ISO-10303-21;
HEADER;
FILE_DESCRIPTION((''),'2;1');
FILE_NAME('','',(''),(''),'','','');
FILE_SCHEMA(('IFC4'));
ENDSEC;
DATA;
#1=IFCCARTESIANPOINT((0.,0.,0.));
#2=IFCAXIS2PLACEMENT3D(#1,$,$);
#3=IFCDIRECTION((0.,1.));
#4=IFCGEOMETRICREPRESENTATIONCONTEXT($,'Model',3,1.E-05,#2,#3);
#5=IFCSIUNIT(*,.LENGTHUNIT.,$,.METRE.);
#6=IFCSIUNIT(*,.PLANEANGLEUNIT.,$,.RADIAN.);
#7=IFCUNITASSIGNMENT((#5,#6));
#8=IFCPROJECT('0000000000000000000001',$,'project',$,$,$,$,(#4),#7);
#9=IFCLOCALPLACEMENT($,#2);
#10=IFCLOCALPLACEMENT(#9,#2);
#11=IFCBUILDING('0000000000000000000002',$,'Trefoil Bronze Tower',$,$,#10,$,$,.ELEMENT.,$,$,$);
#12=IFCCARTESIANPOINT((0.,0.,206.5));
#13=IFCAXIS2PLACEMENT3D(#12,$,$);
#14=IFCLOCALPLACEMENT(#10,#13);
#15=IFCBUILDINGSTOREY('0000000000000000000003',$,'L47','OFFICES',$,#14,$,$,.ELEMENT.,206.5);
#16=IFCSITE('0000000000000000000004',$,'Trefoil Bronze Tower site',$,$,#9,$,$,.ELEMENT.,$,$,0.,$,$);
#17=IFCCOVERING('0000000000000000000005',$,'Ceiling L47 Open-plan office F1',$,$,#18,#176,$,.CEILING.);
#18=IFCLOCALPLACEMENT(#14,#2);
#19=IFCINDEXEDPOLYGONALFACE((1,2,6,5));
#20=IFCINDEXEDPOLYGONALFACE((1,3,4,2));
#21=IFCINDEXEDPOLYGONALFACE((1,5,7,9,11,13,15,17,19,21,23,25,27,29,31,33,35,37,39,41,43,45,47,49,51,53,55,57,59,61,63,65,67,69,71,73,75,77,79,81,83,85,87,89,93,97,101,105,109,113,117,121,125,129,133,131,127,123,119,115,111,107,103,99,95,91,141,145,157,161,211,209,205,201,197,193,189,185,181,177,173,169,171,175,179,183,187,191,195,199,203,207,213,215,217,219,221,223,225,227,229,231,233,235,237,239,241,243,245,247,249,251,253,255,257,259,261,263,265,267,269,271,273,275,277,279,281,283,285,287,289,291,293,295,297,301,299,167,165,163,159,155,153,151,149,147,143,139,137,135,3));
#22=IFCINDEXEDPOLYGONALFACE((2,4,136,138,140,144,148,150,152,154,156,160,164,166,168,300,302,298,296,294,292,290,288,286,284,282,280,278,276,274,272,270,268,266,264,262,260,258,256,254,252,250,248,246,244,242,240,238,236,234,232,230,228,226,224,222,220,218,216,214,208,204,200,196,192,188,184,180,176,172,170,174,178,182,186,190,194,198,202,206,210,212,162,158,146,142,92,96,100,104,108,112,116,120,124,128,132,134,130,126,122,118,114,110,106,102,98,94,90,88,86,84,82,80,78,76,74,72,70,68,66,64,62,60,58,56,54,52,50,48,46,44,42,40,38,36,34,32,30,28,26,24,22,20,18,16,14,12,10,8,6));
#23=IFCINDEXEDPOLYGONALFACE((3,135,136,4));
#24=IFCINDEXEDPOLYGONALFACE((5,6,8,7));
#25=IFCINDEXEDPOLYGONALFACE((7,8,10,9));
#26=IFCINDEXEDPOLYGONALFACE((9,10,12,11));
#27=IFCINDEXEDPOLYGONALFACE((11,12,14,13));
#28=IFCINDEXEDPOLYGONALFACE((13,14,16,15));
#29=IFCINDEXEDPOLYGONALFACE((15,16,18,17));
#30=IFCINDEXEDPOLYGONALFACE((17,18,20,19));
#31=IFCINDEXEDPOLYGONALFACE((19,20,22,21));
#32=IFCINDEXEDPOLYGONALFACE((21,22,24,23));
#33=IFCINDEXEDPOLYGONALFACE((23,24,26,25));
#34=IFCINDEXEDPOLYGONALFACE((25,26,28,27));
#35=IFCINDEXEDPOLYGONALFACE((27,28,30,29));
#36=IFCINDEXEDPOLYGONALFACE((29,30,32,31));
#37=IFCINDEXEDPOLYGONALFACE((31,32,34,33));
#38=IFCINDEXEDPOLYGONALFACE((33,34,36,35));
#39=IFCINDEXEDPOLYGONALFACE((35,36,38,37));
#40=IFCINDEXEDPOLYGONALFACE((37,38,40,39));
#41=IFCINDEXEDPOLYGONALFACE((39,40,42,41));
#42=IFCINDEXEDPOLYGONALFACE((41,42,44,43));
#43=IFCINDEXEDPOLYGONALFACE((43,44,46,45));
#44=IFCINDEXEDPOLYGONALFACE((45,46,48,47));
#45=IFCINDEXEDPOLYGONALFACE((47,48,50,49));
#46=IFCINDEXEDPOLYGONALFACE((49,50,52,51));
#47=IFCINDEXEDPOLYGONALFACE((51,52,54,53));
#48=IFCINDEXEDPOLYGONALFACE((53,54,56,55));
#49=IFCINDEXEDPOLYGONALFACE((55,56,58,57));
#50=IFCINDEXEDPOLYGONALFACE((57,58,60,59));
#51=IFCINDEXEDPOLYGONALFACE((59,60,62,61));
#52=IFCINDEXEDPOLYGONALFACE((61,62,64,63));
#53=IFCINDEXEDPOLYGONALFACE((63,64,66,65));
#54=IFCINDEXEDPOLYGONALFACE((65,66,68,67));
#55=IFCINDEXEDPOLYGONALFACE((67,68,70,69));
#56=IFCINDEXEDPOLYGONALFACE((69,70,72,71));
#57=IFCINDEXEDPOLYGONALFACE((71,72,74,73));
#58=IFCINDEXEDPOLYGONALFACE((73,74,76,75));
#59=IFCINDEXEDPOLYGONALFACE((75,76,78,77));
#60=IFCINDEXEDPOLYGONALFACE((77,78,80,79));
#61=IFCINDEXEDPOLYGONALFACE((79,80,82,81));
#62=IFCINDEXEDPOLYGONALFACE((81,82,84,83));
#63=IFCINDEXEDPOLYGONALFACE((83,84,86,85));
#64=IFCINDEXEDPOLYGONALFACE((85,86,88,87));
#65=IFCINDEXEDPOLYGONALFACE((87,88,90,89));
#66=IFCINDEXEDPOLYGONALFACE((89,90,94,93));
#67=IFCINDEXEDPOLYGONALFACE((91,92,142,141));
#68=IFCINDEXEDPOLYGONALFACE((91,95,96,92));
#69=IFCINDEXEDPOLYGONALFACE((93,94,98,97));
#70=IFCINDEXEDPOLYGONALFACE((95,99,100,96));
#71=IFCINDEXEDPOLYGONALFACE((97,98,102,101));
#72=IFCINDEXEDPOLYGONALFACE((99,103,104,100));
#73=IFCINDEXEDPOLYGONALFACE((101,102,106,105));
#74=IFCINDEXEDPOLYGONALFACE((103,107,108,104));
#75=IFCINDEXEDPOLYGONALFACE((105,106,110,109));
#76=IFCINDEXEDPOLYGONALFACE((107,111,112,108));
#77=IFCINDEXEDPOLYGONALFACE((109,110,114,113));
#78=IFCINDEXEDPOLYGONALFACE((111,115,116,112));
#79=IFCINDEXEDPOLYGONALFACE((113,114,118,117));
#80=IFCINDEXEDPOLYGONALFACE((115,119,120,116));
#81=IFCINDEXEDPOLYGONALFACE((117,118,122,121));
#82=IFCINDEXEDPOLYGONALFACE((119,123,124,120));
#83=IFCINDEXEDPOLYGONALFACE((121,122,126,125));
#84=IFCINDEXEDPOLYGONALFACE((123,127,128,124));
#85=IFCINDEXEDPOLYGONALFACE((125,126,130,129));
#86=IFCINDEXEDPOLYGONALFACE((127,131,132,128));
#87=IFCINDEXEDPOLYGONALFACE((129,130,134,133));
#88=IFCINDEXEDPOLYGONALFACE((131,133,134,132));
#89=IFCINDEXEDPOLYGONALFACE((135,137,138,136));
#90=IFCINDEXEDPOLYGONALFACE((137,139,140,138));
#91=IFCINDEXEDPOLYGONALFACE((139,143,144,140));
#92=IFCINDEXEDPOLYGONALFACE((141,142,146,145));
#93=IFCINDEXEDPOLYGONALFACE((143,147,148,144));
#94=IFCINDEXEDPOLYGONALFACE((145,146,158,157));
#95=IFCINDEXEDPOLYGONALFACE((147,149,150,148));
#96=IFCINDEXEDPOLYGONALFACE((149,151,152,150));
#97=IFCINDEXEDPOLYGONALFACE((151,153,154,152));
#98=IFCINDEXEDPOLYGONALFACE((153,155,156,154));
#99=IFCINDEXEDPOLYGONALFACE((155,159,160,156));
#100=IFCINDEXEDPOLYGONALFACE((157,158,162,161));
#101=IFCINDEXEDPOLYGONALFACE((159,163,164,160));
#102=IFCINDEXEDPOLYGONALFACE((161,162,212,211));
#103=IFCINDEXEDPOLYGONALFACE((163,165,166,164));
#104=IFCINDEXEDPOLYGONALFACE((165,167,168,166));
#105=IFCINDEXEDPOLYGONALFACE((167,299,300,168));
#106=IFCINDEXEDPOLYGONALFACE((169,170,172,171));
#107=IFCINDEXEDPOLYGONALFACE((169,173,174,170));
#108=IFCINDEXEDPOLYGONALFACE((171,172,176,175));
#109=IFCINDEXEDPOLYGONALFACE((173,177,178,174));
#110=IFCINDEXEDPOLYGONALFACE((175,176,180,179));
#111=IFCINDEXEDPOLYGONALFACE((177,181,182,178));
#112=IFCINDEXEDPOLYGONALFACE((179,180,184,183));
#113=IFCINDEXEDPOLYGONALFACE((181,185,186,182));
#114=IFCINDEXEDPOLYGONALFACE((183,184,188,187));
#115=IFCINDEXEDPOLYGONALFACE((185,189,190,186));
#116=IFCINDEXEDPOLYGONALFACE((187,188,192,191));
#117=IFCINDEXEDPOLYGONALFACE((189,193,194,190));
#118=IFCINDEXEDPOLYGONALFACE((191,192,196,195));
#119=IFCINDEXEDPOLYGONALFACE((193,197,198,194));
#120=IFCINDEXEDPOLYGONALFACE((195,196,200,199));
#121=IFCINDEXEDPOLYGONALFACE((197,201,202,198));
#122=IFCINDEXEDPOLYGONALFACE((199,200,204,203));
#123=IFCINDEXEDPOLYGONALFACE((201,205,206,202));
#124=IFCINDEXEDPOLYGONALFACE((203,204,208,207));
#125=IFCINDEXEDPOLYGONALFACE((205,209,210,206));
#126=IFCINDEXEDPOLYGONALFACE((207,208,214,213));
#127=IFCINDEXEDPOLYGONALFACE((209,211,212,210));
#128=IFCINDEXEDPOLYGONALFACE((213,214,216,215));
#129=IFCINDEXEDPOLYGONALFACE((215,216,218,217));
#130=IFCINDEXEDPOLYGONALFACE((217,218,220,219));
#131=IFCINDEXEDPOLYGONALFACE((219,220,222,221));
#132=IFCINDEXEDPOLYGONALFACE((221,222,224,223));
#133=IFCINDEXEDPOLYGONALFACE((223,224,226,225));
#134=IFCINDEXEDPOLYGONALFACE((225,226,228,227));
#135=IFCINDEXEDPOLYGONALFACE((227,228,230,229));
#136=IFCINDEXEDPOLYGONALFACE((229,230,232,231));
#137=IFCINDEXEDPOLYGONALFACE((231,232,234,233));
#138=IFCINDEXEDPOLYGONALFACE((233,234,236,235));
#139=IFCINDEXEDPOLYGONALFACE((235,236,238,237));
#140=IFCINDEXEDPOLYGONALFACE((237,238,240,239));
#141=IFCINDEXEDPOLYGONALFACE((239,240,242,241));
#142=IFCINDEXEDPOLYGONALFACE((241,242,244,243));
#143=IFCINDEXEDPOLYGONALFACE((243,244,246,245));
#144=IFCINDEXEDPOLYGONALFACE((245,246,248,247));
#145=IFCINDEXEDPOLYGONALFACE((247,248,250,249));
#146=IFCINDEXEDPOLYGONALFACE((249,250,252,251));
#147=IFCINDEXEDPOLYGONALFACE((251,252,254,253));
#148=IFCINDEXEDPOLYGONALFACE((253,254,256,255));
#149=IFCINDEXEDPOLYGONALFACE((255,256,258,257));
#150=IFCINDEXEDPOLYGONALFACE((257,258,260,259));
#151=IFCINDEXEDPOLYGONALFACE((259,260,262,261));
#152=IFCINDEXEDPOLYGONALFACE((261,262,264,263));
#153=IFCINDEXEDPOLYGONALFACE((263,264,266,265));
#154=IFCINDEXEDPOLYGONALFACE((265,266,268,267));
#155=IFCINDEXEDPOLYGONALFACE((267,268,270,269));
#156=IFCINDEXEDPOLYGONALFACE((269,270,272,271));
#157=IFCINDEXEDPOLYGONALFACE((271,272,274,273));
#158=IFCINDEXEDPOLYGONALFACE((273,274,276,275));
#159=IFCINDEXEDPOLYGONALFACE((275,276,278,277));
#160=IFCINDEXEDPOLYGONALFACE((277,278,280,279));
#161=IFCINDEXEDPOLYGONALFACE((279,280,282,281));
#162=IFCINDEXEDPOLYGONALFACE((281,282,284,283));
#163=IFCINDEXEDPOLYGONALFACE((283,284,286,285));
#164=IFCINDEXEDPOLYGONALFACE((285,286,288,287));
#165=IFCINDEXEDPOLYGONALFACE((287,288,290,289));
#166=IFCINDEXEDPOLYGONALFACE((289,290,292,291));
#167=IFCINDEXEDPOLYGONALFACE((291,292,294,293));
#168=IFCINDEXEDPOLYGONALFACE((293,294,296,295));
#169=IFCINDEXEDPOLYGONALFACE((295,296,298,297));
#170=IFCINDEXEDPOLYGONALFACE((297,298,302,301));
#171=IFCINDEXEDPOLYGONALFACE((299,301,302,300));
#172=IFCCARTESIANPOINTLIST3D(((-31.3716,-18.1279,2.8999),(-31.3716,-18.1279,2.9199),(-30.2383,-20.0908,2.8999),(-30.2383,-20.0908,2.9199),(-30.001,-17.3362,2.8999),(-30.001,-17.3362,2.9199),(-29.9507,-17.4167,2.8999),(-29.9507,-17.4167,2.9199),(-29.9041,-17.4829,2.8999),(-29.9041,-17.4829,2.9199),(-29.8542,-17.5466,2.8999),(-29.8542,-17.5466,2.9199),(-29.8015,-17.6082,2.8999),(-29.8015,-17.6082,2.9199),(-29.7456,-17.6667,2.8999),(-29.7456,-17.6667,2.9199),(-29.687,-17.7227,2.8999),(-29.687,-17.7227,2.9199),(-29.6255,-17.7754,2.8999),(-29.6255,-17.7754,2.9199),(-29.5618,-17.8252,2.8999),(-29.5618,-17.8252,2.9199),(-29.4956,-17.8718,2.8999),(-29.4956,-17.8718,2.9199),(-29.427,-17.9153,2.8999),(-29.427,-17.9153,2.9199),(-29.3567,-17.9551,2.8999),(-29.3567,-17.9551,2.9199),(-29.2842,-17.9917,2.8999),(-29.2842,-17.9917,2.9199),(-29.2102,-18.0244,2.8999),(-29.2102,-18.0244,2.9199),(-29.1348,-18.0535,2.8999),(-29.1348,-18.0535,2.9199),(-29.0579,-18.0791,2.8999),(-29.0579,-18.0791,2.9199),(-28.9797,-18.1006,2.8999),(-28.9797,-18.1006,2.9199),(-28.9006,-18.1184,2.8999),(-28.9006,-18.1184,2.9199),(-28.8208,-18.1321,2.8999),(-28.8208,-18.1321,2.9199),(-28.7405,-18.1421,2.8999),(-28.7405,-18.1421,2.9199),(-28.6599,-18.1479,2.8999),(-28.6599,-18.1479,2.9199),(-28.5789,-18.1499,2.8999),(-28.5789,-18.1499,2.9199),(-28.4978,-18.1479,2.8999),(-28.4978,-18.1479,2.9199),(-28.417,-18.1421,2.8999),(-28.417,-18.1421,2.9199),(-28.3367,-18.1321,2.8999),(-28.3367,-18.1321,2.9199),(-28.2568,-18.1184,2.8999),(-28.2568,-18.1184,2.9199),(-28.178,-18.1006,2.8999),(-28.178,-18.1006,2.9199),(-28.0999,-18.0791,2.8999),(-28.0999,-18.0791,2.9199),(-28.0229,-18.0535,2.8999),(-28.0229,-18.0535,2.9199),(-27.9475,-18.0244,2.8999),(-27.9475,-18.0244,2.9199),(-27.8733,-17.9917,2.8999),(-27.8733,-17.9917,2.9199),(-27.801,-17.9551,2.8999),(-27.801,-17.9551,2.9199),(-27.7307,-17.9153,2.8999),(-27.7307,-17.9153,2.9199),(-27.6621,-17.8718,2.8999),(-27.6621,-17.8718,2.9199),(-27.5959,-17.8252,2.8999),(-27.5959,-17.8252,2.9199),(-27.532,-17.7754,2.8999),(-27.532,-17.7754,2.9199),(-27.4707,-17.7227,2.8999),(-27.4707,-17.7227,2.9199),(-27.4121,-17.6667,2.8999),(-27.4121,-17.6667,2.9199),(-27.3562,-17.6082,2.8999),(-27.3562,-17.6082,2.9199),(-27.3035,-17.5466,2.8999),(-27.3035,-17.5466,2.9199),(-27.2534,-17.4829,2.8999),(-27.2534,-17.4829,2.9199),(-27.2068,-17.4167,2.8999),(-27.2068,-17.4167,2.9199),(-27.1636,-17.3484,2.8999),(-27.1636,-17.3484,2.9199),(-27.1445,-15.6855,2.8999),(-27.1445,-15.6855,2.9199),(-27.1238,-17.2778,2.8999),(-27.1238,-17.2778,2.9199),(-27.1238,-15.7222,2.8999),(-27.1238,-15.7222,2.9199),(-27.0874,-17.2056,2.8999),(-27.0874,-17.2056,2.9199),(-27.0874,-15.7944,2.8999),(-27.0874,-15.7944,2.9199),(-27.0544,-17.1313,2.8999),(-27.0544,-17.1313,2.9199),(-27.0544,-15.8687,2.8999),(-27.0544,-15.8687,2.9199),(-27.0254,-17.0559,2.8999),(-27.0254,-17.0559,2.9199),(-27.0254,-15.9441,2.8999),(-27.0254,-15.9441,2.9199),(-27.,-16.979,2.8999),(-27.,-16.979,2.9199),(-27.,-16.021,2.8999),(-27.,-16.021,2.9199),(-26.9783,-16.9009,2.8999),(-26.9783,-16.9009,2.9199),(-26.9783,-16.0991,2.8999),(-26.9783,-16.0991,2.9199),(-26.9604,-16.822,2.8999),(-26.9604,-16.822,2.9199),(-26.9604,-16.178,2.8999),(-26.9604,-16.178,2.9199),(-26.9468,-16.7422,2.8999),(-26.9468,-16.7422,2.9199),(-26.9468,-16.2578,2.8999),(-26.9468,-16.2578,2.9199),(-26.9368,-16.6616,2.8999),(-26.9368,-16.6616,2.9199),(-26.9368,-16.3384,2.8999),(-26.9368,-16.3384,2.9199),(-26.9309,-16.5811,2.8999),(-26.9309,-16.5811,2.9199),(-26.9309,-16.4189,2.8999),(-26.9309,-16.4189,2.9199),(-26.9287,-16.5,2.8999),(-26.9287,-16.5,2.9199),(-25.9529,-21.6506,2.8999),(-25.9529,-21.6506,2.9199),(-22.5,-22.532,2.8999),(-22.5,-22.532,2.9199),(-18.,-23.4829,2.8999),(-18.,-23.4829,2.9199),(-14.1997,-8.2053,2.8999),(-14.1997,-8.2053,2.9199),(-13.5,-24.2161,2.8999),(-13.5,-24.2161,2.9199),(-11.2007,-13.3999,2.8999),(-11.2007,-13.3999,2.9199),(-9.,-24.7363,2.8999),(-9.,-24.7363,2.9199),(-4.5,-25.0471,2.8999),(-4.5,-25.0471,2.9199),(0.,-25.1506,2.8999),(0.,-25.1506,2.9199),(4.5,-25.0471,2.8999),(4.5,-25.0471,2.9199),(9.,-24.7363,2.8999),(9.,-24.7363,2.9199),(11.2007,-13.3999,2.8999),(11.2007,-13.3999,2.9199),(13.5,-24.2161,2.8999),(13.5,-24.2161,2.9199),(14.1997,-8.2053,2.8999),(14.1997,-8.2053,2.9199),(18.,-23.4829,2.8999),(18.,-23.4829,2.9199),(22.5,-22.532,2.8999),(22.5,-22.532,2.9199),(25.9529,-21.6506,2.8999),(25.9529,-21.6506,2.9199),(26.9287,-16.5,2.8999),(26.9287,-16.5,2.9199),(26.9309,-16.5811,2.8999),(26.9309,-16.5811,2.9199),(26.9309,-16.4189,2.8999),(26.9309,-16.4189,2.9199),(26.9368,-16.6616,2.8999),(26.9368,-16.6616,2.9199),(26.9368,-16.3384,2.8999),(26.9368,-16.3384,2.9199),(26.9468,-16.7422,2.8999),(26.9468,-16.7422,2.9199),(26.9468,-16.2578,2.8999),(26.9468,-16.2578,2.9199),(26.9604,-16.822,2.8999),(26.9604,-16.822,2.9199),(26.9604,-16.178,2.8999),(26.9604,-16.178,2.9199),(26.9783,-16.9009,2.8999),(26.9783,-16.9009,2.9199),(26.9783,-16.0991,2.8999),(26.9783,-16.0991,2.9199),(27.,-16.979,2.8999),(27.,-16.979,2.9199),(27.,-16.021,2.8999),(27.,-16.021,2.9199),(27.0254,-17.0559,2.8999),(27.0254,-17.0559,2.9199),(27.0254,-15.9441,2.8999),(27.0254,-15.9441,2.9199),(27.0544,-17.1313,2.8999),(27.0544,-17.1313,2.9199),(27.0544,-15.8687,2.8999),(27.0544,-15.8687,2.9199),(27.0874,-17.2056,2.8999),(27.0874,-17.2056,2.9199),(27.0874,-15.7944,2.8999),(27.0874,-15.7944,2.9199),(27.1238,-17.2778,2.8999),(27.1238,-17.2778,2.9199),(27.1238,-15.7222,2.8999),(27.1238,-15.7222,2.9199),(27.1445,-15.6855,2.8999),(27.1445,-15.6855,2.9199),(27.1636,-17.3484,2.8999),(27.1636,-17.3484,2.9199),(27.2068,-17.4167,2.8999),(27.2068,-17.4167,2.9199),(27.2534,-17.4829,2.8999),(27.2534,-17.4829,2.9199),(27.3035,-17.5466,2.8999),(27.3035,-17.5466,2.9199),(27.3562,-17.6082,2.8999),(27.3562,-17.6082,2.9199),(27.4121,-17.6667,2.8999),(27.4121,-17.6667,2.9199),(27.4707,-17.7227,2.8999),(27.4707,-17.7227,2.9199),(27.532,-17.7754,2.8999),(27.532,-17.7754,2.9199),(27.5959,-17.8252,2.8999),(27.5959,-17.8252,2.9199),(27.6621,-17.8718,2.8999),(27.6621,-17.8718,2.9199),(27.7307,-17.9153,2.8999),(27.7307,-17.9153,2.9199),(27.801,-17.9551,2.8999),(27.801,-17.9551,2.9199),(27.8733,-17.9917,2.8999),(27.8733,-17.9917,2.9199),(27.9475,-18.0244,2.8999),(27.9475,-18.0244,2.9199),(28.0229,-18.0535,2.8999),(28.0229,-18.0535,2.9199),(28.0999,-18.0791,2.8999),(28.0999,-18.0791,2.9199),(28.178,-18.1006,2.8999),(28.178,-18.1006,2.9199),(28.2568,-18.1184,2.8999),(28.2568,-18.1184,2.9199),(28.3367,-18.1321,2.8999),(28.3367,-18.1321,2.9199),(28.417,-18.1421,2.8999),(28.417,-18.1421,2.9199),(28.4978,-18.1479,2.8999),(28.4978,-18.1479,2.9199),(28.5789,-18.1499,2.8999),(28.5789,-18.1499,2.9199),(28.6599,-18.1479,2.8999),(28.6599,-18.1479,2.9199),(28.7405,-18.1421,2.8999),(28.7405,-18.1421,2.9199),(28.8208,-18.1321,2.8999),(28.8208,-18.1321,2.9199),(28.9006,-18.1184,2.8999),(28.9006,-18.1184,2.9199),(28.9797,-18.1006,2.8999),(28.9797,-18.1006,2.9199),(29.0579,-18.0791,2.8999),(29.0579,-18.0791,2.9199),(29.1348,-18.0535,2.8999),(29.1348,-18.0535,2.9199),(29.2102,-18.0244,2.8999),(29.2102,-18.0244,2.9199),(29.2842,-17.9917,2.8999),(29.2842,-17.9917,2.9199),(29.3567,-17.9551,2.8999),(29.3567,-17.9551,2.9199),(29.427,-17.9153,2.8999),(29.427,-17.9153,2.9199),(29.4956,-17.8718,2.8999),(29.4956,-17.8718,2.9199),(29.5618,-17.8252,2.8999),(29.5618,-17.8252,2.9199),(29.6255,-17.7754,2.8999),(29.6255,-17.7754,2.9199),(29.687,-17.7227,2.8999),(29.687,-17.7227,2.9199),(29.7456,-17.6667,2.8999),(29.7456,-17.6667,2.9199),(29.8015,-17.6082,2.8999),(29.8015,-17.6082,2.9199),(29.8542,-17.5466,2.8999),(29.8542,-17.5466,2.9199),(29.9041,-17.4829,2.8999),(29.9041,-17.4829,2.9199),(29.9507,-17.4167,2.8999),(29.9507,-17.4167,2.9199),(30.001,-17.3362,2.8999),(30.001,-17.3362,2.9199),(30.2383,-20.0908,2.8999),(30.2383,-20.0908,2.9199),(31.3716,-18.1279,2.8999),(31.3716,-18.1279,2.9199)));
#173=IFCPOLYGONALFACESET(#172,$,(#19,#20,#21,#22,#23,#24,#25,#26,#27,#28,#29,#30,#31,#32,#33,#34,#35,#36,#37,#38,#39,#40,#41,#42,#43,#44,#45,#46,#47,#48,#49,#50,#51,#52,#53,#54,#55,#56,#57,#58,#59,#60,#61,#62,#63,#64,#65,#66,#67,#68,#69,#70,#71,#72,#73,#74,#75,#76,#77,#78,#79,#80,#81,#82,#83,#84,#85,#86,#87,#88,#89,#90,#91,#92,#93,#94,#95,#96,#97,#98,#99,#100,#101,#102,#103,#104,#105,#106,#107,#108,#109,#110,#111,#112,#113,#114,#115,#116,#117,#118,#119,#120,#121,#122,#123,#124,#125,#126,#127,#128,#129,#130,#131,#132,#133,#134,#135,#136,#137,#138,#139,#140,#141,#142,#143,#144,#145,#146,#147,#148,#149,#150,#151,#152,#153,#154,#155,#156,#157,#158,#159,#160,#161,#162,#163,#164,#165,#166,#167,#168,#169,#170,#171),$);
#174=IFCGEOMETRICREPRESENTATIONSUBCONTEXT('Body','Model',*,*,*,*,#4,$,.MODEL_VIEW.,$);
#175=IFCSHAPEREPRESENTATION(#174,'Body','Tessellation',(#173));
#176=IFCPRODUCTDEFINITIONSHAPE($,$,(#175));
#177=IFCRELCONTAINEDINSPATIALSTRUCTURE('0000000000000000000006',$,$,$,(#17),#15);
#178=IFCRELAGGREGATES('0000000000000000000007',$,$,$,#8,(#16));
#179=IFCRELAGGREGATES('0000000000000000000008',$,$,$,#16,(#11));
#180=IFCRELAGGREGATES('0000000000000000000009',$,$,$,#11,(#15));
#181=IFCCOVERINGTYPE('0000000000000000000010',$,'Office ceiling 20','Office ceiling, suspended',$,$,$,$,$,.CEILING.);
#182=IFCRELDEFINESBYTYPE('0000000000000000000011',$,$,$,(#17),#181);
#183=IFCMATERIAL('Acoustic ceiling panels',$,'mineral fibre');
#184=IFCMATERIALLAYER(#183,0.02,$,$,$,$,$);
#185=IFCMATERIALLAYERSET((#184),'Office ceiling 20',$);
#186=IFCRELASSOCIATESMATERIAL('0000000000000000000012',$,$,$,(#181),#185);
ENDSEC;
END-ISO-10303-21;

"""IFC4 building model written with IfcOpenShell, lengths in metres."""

from ifc_helpers import new_model, si_unit, direction, frame, origin, place, context, subcontext, project, spatial, polyline, outline, extrude, material, layer, layer_set, type_object, element, save


model = new_model("IFC4")

# Units and contexts
model_context = context("Model", 3, precision=1e-05, world=origin(), true_north=direction((0.0, 1.0)))
body_context = subcontext(model_context, "Body", "Model", "MODEL_VIEW")
ifc_project = project(units=[si_unit("LENGTHUNIT", "METRE"), si_unit("PLANEANGLEUNIT", "RADIAN")], contexts=[model_context])

# Site, building, storey
site_placement = place(None, origin())
site = spatial("IfcSite", under=ifc_project, at=site_placement, Name="Trefoil Bronze Tower site", CompositionType="ELEMENT", RefElevation=0.0)
building_placement = place(site_placement, origin())
building = spatial("IfcBuilding", under=site, at=building_placement, Name="Trefoil Bronze Tower", CompositionType="ELEMENT")
storey_placement = place(building_placement, frame((0.0, 0.0, 206.5)))
storey = spatial("IfcBuildingStorey", under=building, at=storey_placement, Name="L47", Description="OFFICES", CompositionType="ELEMENT", Elevation=206.5)

# Covering
ifc_material_1 = material(Name="Acoustic ceiling panels", Category="mineral fibre")
ifc_layer_1 = layer(ifc_material_1, 0.02)
ifc_layer_set_1 = layer_set([ifc_layer_1], Name="Office ceiling 20")
covering_type_1 = type_object("IfcCoveringType", Name="Office ceiling 20", Description="Office ceiling, suspended", PredefinedType="CEILING", material=ifc_layer_set_1)
covering_1_placement = place(storey_placement, frame((0.0, 0.0, 2.8999)))
element("IfcCovering", 1, at=covering_1_placement, inside=storey, type_object=covering_type_1, Name="Ceiling L47 Open-plan office F1", PredefinedType="CEILING", context=body_context, shape_type="SweptSolid", body=[
    extrude(outline(polyline([(-29.9507, -17.4167), (-29.9041, -17.4829), (-29.8542, -17.5466), (-29.8015, -17.6082), (-29.7456, -17.6667), (-29.687, -17.7227), (-29.6255, -17.7754), (-29.5618, -17.8252), (-29.4956, -17.8718), (-29.427, -17.9153), (-29.3567, -17.9551), (-29.2842, -17.9917), (-29.2102, -18.0244), (-29.1348, -18.0535), (-29.0579, -18.0791), (-28.9797, -18.1006), (-28.9006, -18.1184), (-28.8208, -18.1321), (-28.7405, -18.1421), (-28.6599, -18.1479), (-28.5789, -18.1499), (-28.4978, -18.1479), (-28.417, -18.1421), (-28.3367, -18.1321), (-28.2568, -18.1184), (-28.178, -18.1006), (-28.0999, -18.0791), (-28.0229, -18.0535), (-27.9475, -18.0244), (-27.8733, -17.9917), (-27.801, -17.9551), (-27.7307, -17.9153), (-27.6621, -17.8718), (-27.5959, -17.8252), (-27.532, -17.7754), (-27.4707, -17.7227), (-27.4121, -17.6667), (-27.3562, -17.6082), (-27.3035, -17.5466), (-27.2534, -17.4829), (-27.2068, -17.4167), (-27.1636, -17.3484), (-27.1238, -17.2778), (-27.0874, -17.2056), (-27.0544, -17.1313), (-27.0254, -17.0559), (-27.0, -16.979), (-26.9783, -16.9009), (-26.9604, -16.822), (-26.9468, -16.7422), (-26.9368, -16.6616), (-26.9309, -16.5811), (-26.9287, -16.5), (-26.9309, -16.4189), (-26.9368, -16.3384), (-26.9468, -16.2578), (-26.9604, -16.178), (-26.9783, -16.0991), (-27.0, -16.021), (-27.0254, -15.9441), (-27.0544, -15.8687), (-27.0874, -15.7944), (-27.1238, -15.7222), (-27.1445, -15.6855), (-14.1997, -8.2053), (-11.2007, -13.3999), (11.2007, -13.3999), (14.1997, -8.2053), (27.1445, -15.6855), (27.1238, -15.7222), (27.0874, -15.7944), (27.0544, -15.8687), (27.0254, -15.9441), (27.0, -16.021), (26.9783, -16.0991), (26.9604, -16.178), (26.9468, -16.2578), (26.9368, -16.3384), (26.9309, -16.4189), (26.9287, -16.5), (26.9309, -16.5811), (26.9368, -16.6616), (26.9468, -16.7422), (26.9604, -16.822), (26.9783, -16.9009), (27.0, -16.979), (27.0254, -17.0559), (27.0544, -17.1313), (27.0874, -17.2056), (27.1238, -17.2778), (27.1636, -17.3484), (27.2068, -17.4167), (27.2534, -17.4829), (27.3035, -17.5466), (27.3562, -17.6082), (27.4121, -17.6667), (27.4707, -17.7227), (27.532, -17.7754), (27.5959, -17.8252), (27.6621, -17.8718), (27.7307, -17.9153), (27.801, -17.9551), (27.8733, -17.9917), (27.9475, -18.0244), (28.0229, -18.0535), (28.0999, -18.0791), (28.178, -18.1006), (28.2568, -18.1184), (28.3367, -18.1321), (28.417, -18.1421), (28.4978, -18.1479), (28.5789, -18.1499), (28.6599, -18.1479), (28.7405, -18.1421), (28.8208, -18.1321), (28.9006, -18.1184), (28.9797, -18.1006), (29.0579, -18.0791), (29.1348, -18.0535), (29.2102, -18.0244), (29.2842, -17.9917), (29.3567, -17.9551), (29.427, -17.9153), (29.4956, -17.8718), (29.5618, -17.8252), (29.6255, -17.7754), (29.687, -17.7227), (29.7456, -17.6667), (29.8015, -17.6082), (29.8542, -17.5466), (29.9041, -17.4829), (29.9507, -17.4167), (30.001, -17.3362), (31.3716, -18.1279), (30.2383, -20.0908), (25.9529, -21.6506), (22.5, -22.532), (18.0, -23.4829), (13.5, -24.2161), (9.0, -24.7363), (4.5, -25.0471), (0.0, -25.1506), (-4.5, -25.0471), (-9.0, -24.7363), (-13.5, -24.2161), (-18.0, -23.4829), (-22.5, -22.532), (-25.9529, -21.6506), (-30.2383, -20.0908), (-31.3716, -18.1279), (-30.001, -17.3362), (-29.9507, -17.4167)])), origin(), (0.0, 0.0, 1.0), 0.02),
])

save(model, "model.ifc")
